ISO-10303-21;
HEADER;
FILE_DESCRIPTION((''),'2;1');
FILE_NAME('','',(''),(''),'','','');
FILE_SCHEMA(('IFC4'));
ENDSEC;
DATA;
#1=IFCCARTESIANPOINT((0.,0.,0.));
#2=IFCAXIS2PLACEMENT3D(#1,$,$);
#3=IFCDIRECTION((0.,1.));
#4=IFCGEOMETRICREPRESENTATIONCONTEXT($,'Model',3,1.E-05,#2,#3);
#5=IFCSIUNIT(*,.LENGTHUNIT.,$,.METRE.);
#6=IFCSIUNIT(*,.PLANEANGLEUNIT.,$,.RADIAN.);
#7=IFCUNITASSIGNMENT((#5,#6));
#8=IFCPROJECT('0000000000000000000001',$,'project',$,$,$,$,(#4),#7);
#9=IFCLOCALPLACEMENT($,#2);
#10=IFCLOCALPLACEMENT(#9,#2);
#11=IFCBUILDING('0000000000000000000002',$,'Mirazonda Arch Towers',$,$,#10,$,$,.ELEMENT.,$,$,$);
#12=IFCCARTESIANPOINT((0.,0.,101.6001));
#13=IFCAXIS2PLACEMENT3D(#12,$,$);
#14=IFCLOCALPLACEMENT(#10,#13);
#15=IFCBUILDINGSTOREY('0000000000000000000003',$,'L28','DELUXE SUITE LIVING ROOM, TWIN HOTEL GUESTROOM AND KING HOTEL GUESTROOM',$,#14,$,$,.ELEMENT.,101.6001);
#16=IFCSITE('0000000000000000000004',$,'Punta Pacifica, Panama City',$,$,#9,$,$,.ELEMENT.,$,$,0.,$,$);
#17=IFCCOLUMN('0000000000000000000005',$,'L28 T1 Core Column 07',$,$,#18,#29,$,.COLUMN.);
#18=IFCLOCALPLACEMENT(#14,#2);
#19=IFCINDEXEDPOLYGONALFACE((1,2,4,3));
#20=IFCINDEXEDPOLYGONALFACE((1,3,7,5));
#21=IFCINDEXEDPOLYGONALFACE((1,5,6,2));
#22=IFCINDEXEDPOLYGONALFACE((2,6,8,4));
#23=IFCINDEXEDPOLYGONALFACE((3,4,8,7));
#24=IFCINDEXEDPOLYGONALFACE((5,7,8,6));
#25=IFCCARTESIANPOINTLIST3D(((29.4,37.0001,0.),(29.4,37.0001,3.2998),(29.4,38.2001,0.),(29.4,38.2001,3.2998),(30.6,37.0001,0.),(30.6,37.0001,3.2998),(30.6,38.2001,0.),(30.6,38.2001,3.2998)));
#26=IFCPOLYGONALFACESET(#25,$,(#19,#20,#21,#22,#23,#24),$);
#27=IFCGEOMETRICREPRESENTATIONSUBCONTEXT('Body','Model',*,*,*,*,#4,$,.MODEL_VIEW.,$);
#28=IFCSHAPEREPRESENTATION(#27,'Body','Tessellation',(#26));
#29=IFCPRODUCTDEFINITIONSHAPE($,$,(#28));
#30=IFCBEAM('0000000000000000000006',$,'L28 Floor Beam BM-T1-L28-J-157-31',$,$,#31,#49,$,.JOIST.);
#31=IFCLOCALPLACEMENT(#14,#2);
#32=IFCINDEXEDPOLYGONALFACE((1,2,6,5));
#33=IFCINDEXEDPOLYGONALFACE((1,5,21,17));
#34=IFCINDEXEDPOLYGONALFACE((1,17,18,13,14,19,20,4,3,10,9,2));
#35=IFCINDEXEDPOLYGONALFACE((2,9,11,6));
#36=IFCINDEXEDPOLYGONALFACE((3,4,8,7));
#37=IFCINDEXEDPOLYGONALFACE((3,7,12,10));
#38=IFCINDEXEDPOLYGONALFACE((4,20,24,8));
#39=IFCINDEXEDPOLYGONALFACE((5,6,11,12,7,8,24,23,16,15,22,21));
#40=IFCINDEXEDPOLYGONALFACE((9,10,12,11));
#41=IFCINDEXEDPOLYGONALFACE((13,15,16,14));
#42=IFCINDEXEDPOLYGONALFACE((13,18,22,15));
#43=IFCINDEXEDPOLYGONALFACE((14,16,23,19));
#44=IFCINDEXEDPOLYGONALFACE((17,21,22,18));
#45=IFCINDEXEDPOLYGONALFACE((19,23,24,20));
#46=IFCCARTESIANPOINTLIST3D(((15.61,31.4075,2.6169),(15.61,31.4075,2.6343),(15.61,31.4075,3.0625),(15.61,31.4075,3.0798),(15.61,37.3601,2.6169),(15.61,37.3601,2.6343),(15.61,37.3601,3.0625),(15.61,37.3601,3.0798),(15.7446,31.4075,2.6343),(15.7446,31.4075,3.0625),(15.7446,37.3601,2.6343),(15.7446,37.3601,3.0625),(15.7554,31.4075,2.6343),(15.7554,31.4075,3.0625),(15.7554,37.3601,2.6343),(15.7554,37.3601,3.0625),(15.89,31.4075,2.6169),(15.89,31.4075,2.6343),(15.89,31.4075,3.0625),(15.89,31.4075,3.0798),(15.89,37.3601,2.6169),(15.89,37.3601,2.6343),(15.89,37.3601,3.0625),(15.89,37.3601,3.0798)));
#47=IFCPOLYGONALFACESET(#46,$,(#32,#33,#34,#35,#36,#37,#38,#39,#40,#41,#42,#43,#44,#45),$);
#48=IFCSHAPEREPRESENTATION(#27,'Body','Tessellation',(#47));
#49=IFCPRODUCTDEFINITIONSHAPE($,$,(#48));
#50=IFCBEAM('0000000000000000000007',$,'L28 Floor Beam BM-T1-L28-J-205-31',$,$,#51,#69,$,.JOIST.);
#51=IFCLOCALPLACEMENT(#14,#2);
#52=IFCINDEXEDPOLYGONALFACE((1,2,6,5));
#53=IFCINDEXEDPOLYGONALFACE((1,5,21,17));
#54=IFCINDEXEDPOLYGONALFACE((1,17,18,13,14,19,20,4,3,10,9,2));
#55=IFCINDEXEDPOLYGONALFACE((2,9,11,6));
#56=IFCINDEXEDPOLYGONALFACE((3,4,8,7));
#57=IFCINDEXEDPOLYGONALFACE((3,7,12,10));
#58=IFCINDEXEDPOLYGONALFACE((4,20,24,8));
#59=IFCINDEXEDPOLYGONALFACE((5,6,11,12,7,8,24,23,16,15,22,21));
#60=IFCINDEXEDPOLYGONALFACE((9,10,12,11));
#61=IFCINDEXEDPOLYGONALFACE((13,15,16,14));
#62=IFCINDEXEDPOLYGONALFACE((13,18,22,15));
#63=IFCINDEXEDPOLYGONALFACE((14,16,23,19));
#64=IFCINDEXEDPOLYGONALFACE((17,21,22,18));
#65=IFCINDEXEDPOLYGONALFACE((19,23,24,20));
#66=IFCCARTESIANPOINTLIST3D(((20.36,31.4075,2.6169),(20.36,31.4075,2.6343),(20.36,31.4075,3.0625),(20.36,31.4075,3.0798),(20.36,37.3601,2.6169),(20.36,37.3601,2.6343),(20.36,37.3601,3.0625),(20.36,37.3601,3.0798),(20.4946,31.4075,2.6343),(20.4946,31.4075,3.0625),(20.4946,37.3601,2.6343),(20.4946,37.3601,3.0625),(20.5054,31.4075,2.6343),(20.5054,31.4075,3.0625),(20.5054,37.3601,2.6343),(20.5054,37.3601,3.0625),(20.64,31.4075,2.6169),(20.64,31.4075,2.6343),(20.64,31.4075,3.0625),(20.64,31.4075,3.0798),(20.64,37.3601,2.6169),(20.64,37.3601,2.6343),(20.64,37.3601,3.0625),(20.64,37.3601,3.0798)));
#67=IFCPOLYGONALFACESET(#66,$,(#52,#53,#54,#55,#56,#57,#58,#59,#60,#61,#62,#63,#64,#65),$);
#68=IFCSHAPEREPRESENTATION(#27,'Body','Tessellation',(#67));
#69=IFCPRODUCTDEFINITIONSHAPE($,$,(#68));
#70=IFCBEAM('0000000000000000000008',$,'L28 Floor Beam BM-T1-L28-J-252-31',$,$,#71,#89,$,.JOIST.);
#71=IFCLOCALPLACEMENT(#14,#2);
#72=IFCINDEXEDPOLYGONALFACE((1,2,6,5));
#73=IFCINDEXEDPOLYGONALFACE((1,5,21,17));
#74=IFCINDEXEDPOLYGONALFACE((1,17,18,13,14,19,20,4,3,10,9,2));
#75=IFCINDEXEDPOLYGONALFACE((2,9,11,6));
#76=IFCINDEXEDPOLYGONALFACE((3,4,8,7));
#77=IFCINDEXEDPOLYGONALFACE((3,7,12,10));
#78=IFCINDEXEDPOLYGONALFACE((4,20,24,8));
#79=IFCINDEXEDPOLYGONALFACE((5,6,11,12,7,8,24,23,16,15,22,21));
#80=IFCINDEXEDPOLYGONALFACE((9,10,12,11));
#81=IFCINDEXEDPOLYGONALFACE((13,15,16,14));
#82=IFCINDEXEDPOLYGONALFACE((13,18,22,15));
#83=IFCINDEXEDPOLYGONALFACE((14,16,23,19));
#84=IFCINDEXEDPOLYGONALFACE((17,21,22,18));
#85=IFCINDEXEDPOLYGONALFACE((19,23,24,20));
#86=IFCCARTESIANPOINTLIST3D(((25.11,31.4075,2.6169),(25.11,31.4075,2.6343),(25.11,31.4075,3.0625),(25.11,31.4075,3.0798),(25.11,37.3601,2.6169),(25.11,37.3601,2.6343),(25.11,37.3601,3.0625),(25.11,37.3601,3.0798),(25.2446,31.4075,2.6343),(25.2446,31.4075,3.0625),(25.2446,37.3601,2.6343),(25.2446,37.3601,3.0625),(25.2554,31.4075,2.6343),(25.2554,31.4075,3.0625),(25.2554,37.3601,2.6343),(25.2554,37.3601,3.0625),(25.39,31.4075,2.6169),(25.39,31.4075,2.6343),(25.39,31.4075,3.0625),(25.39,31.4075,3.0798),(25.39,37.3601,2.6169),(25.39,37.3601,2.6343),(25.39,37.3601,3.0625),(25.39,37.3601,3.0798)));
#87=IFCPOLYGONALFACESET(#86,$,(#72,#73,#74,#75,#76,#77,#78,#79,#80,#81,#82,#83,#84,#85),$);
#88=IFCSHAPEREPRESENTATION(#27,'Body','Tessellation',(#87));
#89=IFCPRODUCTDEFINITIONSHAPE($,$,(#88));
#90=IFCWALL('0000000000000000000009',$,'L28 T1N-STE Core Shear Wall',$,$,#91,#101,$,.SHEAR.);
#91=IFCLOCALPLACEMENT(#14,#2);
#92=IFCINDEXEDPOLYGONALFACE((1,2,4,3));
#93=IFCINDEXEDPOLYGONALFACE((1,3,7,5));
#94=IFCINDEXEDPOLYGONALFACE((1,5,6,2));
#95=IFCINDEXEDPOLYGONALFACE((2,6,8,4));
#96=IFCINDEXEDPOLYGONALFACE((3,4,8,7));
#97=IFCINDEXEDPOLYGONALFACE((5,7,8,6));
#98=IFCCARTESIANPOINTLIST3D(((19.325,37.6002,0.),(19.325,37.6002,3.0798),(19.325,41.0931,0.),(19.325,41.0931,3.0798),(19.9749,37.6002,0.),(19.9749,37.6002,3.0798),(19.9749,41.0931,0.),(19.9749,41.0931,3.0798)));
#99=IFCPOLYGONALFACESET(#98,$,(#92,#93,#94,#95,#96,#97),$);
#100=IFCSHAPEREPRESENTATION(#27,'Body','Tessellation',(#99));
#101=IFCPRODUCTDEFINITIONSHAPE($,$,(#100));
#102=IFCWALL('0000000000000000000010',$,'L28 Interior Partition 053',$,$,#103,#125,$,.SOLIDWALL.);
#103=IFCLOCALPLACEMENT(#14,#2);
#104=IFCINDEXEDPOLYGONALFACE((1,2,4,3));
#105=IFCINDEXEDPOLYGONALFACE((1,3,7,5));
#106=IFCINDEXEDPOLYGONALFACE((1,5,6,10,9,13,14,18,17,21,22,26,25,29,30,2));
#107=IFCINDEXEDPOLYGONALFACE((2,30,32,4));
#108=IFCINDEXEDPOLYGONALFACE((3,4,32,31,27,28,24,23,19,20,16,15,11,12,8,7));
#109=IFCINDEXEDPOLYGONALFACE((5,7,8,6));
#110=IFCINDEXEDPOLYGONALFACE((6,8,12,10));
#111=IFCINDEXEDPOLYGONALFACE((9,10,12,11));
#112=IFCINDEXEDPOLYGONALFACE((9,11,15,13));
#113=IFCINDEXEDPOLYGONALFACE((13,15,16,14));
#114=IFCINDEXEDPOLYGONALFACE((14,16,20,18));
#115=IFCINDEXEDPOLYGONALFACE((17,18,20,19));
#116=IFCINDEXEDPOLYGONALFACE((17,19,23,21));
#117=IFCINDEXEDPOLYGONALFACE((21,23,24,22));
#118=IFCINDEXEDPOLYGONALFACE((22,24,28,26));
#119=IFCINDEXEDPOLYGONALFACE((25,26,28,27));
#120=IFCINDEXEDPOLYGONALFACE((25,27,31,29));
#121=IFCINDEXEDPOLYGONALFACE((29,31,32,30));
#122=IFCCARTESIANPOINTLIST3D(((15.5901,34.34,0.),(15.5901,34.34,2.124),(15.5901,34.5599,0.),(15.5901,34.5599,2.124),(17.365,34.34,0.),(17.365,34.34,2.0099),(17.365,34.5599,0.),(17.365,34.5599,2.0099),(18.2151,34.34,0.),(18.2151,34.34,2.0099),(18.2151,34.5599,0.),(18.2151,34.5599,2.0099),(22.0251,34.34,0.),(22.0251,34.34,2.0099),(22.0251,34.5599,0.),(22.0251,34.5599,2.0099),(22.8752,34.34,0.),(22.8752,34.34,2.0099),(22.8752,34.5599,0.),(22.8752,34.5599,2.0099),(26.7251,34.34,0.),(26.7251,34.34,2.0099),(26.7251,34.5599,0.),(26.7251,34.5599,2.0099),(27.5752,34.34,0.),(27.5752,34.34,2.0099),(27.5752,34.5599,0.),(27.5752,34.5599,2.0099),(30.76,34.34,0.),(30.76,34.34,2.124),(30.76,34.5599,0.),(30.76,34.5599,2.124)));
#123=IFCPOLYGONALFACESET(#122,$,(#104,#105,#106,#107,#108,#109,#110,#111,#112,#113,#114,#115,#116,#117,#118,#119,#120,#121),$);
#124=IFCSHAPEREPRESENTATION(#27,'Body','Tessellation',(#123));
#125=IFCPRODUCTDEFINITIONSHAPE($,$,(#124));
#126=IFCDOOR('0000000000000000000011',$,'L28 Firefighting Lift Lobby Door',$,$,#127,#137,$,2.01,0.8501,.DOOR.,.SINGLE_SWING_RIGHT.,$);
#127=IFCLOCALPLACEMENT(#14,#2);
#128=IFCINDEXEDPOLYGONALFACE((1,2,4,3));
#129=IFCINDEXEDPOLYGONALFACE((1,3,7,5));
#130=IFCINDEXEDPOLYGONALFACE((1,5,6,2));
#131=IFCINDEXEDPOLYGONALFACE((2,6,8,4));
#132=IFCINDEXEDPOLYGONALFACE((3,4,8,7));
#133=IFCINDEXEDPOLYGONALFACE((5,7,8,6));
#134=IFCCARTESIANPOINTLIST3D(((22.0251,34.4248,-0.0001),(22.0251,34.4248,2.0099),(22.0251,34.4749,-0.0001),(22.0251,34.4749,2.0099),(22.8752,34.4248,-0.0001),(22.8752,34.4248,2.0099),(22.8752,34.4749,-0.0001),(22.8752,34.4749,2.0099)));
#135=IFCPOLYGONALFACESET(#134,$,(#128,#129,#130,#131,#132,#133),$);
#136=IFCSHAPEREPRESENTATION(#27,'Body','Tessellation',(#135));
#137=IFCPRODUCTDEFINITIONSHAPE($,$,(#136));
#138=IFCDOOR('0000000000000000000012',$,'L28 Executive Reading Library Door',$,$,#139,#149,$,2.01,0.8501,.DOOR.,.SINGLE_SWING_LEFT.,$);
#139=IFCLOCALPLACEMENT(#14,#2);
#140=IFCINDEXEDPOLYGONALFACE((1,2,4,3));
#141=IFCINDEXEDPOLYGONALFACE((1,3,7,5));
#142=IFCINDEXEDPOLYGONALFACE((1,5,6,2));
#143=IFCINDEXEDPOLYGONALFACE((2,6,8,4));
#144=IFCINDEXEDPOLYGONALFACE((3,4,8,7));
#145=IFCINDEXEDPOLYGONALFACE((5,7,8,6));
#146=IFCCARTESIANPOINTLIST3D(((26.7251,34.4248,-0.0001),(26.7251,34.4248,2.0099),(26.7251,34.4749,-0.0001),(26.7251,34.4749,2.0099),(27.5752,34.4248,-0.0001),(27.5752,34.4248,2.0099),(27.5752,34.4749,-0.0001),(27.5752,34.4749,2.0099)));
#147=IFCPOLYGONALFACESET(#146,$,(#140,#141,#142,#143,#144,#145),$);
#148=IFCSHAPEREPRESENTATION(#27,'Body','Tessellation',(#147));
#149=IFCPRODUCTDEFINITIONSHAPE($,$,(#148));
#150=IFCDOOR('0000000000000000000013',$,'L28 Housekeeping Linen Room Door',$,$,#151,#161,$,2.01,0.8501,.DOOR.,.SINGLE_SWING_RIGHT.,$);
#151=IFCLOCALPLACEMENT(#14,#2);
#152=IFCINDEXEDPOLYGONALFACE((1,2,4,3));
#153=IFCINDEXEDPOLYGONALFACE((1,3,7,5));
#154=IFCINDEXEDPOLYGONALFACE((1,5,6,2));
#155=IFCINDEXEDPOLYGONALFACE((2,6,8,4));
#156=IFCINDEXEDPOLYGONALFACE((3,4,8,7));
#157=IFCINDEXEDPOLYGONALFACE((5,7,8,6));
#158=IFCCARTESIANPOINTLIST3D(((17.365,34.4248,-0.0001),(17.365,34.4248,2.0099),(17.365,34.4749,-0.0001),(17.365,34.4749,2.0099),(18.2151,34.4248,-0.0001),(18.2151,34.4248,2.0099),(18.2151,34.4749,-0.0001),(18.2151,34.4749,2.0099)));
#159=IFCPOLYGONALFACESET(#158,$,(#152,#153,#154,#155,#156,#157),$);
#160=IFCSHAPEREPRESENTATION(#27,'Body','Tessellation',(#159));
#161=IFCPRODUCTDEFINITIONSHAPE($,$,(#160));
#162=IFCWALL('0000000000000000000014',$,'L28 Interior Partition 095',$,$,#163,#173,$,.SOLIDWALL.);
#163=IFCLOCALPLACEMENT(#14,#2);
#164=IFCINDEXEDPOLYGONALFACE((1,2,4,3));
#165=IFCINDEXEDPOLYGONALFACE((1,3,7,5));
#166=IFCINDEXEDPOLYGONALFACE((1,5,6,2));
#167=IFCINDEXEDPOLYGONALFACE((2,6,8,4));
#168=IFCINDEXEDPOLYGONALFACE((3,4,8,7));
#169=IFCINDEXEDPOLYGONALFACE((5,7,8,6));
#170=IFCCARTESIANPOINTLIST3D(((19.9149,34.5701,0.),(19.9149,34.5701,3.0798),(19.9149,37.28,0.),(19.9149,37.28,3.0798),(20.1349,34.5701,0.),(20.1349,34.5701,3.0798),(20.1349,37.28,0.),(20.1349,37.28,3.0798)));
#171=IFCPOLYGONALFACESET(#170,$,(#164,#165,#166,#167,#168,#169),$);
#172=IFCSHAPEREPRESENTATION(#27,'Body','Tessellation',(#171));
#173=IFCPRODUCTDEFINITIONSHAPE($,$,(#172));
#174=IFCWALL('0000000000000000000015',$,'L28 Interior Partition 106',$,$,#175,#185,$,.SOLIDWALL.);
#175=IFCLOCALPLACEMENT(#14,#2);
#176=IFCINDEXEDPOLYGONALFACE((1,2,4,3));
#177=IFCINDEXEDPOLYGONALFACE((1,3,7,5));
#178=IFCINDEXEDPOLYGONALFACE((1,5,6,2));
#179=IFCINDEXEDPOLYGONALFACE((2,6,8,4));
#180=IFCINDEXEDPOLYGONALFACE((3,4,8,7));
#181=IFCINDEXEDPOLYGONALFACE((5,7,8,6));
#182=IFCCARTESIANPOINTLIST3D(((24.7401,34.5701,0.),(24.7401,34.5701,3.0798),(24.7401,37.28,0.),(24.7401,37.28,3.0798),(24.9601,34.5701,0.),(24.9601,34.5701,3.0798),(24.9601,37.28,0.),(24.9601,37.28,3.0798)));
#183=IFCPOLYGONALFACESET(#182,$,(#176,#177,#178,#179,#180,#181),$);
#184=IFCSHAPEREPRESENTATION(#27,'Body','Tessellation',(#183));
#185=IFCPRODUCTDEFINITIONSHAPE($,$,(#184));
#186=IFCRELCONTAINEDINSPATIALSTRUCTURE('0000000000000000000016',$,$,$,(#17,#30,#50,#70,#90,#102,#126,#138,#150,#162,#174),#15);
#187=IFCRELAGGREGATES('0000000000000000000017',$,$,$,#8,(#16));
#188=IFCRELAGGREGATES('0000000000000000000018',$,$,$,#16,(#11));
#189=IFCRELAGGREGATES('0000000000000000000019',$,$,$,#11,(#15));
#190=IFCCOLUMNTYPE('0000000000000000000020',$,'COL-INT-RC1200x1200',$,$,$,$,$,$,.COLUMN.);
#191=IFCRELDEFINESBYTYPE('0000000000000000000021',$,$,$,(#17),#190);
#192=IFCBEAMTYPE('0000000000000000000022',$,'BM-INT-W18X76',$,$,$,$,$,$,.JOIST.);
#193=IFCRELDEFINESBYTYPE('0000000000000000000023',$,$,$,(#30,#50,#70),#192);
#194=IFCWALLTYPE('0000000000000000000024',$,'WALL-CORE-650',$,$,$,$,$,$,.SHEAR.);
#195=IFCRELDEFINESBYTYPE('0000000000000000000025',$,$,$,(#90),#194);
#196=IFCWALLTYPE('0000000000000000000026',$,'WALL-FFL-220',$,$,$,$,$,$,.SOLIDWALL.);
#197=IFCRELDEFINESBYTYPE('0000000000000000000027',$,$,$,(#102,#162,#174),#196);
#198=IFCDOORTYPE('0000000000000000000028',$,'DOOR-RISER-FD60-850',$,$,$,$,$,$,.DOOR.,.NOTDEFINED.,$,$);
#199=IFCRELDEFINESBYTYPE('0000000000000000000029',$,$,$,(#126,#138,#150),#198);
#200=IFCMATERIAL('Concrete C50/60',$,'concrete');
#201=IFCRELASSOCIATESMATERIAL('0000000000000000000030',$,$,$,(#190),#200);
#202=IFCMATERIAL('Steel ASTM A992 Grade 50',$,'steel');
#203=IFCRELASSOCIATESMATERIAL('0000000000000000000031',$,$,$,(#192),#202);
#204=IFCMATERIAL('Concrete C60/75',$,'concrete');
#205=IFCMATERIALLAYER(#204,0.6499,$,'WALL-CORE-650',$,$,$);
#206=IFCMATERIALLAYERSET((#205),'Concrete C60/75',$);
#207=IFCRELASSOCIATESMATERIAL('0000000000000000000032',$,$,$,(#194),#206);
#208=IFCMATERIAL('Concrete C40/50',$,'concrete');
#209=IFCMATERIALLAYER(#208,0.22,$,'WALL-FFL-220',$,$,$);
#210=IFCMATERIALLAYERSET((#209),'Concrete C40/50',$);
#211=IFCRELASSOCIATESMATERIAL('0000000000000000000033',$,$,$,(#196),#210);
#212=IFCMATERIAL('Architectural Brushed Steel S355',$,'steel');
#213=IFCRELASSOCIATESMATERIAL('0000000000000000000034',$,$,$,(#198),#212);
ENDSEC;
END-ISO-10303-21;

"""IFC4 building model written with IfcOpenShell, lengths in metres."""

from ifc_helpers import new_model, si_unit, direction, frame, frame_2d, origin, origin_2d, place, context, subcontext, project, spatial, rectangle, i_section, extrude, material, layer, layer_set, material_profile, profile_set, type_object, element, fill, save


model = new_model("IFC4")

# Units and contexts
model_context = context("Model", 3, precision=1e-05, world=origin(), true_north=direction((0.0, 1.0)))
body_context = subcontext(model_context, "Body", "Model", "MODEL_VIEW")
ifc_project = project(units=[si_unit("LENGTHUNIT", "METRE"), si_unit("PLANEANGLEUNIT", "RADIAN")], contexts=[model_context])

# Site, building, storey
site_placement = place(None, origin())
site = spatial("IfcSite", under=ifc_project, at=site_placement, Name="Punta Pacifica, Panama City", CompositionType="ELEMENT", RefElevation=0.0)
building_placement = place(site_placement, origin())
building = spatial("IfcBuilding", under=site, at=building_placement, Name="Mirazonda Arch Towers", CompositionType="ELEMENT")
storey_placement = place(building_placement, frame((0.0, 0.0, 101.6001)))
storey = spatial("IfcBuildingStorey", under=building, at=storey_placement, Name="L28", Description="DELUXE SUITE LIVING ROOM, TWIN HOTEL GUESTROOM AND KING HOTEL GUESTROOM", CompositionType="ELEMENT", Elevation=101.6001)

# Column
ifc_material_1 = material(Name="Concrete C50/60", Category="concrete")
ifc_material_profile_1 = material_profile(ifc_material_1, rectangle(XDim=1.2, YDim=1.2, at=origin_2d()), Name="RC1200x1200")
ifc_profile_set_1 = profile_set([ifc_material_profile_1], Name="Concrete C50/60")
column_type = type_object("IfcColumnType", Name="COL-INT-RC1200x1200", PredefinedType="COLUMN", material=ifc_profile_set_1)
column_placement = place(storey_placement, frame((30.0, 37.6001, 0.0), z_axis=(0.0, 0.0, 1.0), x_axis=(1.0, 0.0, 0.0)))
element("IfcColumn", 1, at=column_placement, inside=storey, type_object=column_type, Name="L28 T1 Core Column 07", PredefinedType="COLUMN", context=body_context, shape_type="SweptSolid", body=[
    extrude(rectangle(XDim=1.2, YDim=1.2, at=origin_2d()), origin(), (0.0, 0.0, 1.0), 3.2998),
])

# Beams
ifc_material_2 = material(Name="Steel ASTM A992 Grade 50", Category="steel")
ifc_material_profile_2 = material_profile(ifc_material_2, i_section(OverallWidth=0.28, OverallDepth=0.4629, WebThickness=0.0107, FlangeThickness=0.0173, at=origin_2d()), Name="W18X76")
ifc_profile_set_2 = profile_set([ifc_material_profile_2], Name="Steel ASTM A992 Grade 50")
beam_type = type_object("IfcBeamType", Name="BM-INT-W18X76", PredefinedType="JOIST", material=ifc_profile_set_2)
for number, where, z_axis, x_axis, name in (
    (2, (15.75, 31.4075, 2.8484), (0.0, 1.0, 0.0), (-1.0, 0.0, 0.0), "L28 Floor Beam BM-T1-L28-J-157-31"),
    (3, (20.5, 31.4075, 2.8484), (0.0, 1.0, 0.0), (-1.0, 0.0, 0.0), "L28 Floor Beam BM-T1-L28-J-205-31"),
    (4, (25.25, 31.4075, 2.8484), (0.0, 1.0, 0.0), (-1.0, 0.0, 0.0), "L28 Floor Beam BM-T1-L28-J-252-31"),
):
    element("IfcBeam", number, at=place(storey_placement, frame(where, z_axis=z_axis, x_axis=x_axis)), inside=storey, type_object=beam_type, Name=name, PredefinedType="JOIST", context=body_context, shape_type="SweptSolid", body=[
        extrude(i_section(OverallWidth=0.28, OverallDepth=0.4629, WebThickness=0.0107, FlangeThickness=0.0173, at=origin_2d()), origin(), (0.0, 0.0, 1.0), 5.9526),
    ])

# Wall
ifc_material_3 = material(Name="Concrete C60/75", Category="concrete")
ifc_layer_1 = layer(ifc_material_3, 0.6499, Name="WALL-CORE-650")
ifc_layer_set_1 = layer_set([ifc_layer_1], Name="Concrete C60/75")
wall_type_1 = type_object("IfcWallType", Name="WALL-CORE-650", PredefinedType="SHEAR", material=ifc_layer_set_1)
wall_1_placement = place(storey_placement, frame((19.6499, 37.6001, 0.0), z_axis=(0.0, 0.0, 1.0), x_axis=(0.0, 1.0, 0.0)))
element("IfcWall", 5, at=wall_1_placement, inside=storey, type_object=wall_type_1, Name="L28 T1N-STE Core Shear Wall", PredefinedType="SHEAR", context=body_context, shape_type="SweptSolid", body=[
    extrude(rectangle(XDim=3.4929, YDim=0.6499, at=frame_2d((1.7466, 0.0))), origin(), (0.0, 0.0, 1.0), 3.0798),
])

# Wall, openings, doors
ifc_material_4 = material(Name="Concrete C40/50", Category="concrete")
ifc_layer_2 = layer(ifc_material_4, 0.22, Name="WALL-FFL-220")
ifc_layer_set_2 = layer_set([ifc_layer_2], Name="Concrete C40/50")
wall_type_2 = type_object("IfcWallType", Name="WALL-FFL-220", PredefinedType="SOLIDWALL", material=ifc_layer_set_2)
wall_2_placement = place(storey_placement, frame((15.5901, 34.45, 0.0), z_axis=(0.0, 0.0, 1.0), x_axis=(1.0, 0.0, 0.0)))
wall_2 = element("IfcWall", 6, at=wall_2_placement, inside=storey, type_object=wall_type_2, Name="L28 Interior Partition 053", PredefinedType="SOLIDWALL", context=body_context, shape_type="SweptSolid", body=[
    extrude(rectangle(XDim=15.1699, YDim=0.22, at=frame_2d((7.585, 0.0))), origin(), (0.0, 0.0, 1.0), 2.124),
])
opening_1_placement = place(wall_2_placement, frame((6.4351, 0.0, 0.0)))
opening_1 = element("IfcOpeningElement", 7, at=opening_1_placement, cuts=wall_2, PredefinedType="OPENING", context=body_context, shape_type="SweptSolid", body=[
    extrude(rectangle(XDim=0.8501, YDim=2.01, at=frame_2d((0.425, 1.0049))), frame((0.0, 0.1199, 0.0), z_axis=(0.0, -1.0, 0.0), x_axis=(1.0, 0.0, 0.0)), (0.0, 0.0, 1.0), 0.24),
])
opening_2_placement = place(wall_2_placement, frame((11.135, 0.0, 0.0)))
opening_2 = element("IfcOpeningElement", 8, at=opening_2_placement, cuts=wall_2, PredefinedType="OPENING", context=body_context, shape_type="SweptSolid", body=[
    extrude(rectangle(XDim=0.8501, YDim=2.01, at=frame_2d((0.425, 1.0049))), frame((0.0, 0.1199, 0.0), z_axis=(0.0, -1.0, 0.0), x_axis=(1.0, 0.0, 0.0)), (0.0, 0.0, 1.0), 0.24),
])
opening_3_placement = place(wall_2_placement, frame((1.7749, 0.0, 0.0)))
opening_3 = element("IfcOpeningElement", 9, at=opening_3_placement, cuts=wall_2, PredefinedType="OPENING", context=body_context, shape_type="SweptSolid", body=[
    extrude(rectangle(XDim=0.8501, YDim=2.01, at=frame_2d((0.425, 1.0049))), frame((0.0, 0.1199, 0.0), z_axis=(0.0, -1.0, 0.0), x_axis=(1.0, 0.0, 0.0)), (0.0, 0.0, 1.0), 0.24),
])
ifc_material_5 = material(Name="Architectural Brushed Steel S355", Category="steel")
door_type = type_object("IfcDoorType", Name="DOOR-RISER-FD60-850", OperationType="NOTDEFINED", PredefinedType="DOOR", material=ifc_material_5)
door_1_placement = place(opening_1_placement, origin())
door_1 = element("IfcDoor", 10, at=door_1_placement, inside=storey, type_object=door_type, Name="L28 Firefighting Lift Lobby Door", OperationType="SINGLE_SWING_RIGHT", OverallHeight=2.01, OverallWidth=0.8501, PredefinedType="DOOR", context=body_context, shape_type="SweptSolid", body=[
    extrude(rectangle(XDim=0.8501, YDim=2.01, at=frame_2d((0.425, 1.0049))), frame((0.0, 0.0249, 0.0), z_axis=(0.0, -1.0, 0.0), x_axis=(1.0, 0.0, 0.0)), (0.0, 0.0, 1.0), 0.05),
])
fill(opening_1, door_1)
door_2_placement = place(opening_2_placement, origin())
door_2 = element("IfcDoor", 11, at=door_2_placement, inside=storey, type_object=door_type, Name="L28 Executive Reading Library Door", OperationType="SINGLE_SWING_LEFT", OverallHeight=2.01, OverallWidth=0.8501, PredefinedType="DOOR", context=body_context, shape_type="SweptSolid", body=[
    extrude(rectangle(XDim=0.8501, YDim=2.01, at=frame_2d((0.425, 1.0049))), frame((0.0, 0.0249, 0.0), z_axis=(0.0, -1.0, 0.0), x_axis=(1.0, 0.0, 0.0)), (0.0, 0.0, 1.0), 0.05),
])
fill(opening_2, door_2)
door_3_placement = place(opening_3_placement, origin())
door_3 = element("IfcDoor", 12, at=door_3_placement, inside=storey, type_object=door_type, Name="L28 Housekeeping Linen Room Door", OperationType="SINGLE_SWING_RIGHT", OverallHeight=2.01, OverallWidth=0.8501, PredefinedType="DOOR", context=body_context, shape_type="SweptSolid", body=[
    extrude(rectangle(XDim=0.8501, YDim=2.01, at=frame_2d((0.425, 1.0049))), frame((0.0, 0.0249, 0.0), z_axis=(0.0, -1.0, 0.0), x_axis=(1.0, 0.0, 0.0)), (0.0, 0.0, 1.0), 0.05),
])
fill(opening_3, door_3)

# Walls
for number, where, z_axis, x_axis, name in (
    (13, (20.0249, 34.5701, 0.0), (0.0, 0.0, 1.0), (0.0, 1.0, 0.0), "L28 Interior Partition 095"),
    (14, (24.8501, 34.5701, 0.0), (0.0, 0.0, 1.0), (0.0, 1.0, 0.0), "L28 Interior Partition 106"),
):
    element("IfcWall", number, at=place(storey_placement, frame(where, z_axis=z_axis, x_axis=x_axis)), inside=storey, type_object=wall_type_2, Name=name, PredefinedType="SOLIDWALL", context=body_context, shape_type="SweptSolid", body=[
        extrude(rectangle(XDim=2.71, YDim=0.22, at=frame_2d((1.355, 0.0))), origin(), (0.0, 0.0, 1.0), 3.0798),
    ])

save(model, "model.ifc")
